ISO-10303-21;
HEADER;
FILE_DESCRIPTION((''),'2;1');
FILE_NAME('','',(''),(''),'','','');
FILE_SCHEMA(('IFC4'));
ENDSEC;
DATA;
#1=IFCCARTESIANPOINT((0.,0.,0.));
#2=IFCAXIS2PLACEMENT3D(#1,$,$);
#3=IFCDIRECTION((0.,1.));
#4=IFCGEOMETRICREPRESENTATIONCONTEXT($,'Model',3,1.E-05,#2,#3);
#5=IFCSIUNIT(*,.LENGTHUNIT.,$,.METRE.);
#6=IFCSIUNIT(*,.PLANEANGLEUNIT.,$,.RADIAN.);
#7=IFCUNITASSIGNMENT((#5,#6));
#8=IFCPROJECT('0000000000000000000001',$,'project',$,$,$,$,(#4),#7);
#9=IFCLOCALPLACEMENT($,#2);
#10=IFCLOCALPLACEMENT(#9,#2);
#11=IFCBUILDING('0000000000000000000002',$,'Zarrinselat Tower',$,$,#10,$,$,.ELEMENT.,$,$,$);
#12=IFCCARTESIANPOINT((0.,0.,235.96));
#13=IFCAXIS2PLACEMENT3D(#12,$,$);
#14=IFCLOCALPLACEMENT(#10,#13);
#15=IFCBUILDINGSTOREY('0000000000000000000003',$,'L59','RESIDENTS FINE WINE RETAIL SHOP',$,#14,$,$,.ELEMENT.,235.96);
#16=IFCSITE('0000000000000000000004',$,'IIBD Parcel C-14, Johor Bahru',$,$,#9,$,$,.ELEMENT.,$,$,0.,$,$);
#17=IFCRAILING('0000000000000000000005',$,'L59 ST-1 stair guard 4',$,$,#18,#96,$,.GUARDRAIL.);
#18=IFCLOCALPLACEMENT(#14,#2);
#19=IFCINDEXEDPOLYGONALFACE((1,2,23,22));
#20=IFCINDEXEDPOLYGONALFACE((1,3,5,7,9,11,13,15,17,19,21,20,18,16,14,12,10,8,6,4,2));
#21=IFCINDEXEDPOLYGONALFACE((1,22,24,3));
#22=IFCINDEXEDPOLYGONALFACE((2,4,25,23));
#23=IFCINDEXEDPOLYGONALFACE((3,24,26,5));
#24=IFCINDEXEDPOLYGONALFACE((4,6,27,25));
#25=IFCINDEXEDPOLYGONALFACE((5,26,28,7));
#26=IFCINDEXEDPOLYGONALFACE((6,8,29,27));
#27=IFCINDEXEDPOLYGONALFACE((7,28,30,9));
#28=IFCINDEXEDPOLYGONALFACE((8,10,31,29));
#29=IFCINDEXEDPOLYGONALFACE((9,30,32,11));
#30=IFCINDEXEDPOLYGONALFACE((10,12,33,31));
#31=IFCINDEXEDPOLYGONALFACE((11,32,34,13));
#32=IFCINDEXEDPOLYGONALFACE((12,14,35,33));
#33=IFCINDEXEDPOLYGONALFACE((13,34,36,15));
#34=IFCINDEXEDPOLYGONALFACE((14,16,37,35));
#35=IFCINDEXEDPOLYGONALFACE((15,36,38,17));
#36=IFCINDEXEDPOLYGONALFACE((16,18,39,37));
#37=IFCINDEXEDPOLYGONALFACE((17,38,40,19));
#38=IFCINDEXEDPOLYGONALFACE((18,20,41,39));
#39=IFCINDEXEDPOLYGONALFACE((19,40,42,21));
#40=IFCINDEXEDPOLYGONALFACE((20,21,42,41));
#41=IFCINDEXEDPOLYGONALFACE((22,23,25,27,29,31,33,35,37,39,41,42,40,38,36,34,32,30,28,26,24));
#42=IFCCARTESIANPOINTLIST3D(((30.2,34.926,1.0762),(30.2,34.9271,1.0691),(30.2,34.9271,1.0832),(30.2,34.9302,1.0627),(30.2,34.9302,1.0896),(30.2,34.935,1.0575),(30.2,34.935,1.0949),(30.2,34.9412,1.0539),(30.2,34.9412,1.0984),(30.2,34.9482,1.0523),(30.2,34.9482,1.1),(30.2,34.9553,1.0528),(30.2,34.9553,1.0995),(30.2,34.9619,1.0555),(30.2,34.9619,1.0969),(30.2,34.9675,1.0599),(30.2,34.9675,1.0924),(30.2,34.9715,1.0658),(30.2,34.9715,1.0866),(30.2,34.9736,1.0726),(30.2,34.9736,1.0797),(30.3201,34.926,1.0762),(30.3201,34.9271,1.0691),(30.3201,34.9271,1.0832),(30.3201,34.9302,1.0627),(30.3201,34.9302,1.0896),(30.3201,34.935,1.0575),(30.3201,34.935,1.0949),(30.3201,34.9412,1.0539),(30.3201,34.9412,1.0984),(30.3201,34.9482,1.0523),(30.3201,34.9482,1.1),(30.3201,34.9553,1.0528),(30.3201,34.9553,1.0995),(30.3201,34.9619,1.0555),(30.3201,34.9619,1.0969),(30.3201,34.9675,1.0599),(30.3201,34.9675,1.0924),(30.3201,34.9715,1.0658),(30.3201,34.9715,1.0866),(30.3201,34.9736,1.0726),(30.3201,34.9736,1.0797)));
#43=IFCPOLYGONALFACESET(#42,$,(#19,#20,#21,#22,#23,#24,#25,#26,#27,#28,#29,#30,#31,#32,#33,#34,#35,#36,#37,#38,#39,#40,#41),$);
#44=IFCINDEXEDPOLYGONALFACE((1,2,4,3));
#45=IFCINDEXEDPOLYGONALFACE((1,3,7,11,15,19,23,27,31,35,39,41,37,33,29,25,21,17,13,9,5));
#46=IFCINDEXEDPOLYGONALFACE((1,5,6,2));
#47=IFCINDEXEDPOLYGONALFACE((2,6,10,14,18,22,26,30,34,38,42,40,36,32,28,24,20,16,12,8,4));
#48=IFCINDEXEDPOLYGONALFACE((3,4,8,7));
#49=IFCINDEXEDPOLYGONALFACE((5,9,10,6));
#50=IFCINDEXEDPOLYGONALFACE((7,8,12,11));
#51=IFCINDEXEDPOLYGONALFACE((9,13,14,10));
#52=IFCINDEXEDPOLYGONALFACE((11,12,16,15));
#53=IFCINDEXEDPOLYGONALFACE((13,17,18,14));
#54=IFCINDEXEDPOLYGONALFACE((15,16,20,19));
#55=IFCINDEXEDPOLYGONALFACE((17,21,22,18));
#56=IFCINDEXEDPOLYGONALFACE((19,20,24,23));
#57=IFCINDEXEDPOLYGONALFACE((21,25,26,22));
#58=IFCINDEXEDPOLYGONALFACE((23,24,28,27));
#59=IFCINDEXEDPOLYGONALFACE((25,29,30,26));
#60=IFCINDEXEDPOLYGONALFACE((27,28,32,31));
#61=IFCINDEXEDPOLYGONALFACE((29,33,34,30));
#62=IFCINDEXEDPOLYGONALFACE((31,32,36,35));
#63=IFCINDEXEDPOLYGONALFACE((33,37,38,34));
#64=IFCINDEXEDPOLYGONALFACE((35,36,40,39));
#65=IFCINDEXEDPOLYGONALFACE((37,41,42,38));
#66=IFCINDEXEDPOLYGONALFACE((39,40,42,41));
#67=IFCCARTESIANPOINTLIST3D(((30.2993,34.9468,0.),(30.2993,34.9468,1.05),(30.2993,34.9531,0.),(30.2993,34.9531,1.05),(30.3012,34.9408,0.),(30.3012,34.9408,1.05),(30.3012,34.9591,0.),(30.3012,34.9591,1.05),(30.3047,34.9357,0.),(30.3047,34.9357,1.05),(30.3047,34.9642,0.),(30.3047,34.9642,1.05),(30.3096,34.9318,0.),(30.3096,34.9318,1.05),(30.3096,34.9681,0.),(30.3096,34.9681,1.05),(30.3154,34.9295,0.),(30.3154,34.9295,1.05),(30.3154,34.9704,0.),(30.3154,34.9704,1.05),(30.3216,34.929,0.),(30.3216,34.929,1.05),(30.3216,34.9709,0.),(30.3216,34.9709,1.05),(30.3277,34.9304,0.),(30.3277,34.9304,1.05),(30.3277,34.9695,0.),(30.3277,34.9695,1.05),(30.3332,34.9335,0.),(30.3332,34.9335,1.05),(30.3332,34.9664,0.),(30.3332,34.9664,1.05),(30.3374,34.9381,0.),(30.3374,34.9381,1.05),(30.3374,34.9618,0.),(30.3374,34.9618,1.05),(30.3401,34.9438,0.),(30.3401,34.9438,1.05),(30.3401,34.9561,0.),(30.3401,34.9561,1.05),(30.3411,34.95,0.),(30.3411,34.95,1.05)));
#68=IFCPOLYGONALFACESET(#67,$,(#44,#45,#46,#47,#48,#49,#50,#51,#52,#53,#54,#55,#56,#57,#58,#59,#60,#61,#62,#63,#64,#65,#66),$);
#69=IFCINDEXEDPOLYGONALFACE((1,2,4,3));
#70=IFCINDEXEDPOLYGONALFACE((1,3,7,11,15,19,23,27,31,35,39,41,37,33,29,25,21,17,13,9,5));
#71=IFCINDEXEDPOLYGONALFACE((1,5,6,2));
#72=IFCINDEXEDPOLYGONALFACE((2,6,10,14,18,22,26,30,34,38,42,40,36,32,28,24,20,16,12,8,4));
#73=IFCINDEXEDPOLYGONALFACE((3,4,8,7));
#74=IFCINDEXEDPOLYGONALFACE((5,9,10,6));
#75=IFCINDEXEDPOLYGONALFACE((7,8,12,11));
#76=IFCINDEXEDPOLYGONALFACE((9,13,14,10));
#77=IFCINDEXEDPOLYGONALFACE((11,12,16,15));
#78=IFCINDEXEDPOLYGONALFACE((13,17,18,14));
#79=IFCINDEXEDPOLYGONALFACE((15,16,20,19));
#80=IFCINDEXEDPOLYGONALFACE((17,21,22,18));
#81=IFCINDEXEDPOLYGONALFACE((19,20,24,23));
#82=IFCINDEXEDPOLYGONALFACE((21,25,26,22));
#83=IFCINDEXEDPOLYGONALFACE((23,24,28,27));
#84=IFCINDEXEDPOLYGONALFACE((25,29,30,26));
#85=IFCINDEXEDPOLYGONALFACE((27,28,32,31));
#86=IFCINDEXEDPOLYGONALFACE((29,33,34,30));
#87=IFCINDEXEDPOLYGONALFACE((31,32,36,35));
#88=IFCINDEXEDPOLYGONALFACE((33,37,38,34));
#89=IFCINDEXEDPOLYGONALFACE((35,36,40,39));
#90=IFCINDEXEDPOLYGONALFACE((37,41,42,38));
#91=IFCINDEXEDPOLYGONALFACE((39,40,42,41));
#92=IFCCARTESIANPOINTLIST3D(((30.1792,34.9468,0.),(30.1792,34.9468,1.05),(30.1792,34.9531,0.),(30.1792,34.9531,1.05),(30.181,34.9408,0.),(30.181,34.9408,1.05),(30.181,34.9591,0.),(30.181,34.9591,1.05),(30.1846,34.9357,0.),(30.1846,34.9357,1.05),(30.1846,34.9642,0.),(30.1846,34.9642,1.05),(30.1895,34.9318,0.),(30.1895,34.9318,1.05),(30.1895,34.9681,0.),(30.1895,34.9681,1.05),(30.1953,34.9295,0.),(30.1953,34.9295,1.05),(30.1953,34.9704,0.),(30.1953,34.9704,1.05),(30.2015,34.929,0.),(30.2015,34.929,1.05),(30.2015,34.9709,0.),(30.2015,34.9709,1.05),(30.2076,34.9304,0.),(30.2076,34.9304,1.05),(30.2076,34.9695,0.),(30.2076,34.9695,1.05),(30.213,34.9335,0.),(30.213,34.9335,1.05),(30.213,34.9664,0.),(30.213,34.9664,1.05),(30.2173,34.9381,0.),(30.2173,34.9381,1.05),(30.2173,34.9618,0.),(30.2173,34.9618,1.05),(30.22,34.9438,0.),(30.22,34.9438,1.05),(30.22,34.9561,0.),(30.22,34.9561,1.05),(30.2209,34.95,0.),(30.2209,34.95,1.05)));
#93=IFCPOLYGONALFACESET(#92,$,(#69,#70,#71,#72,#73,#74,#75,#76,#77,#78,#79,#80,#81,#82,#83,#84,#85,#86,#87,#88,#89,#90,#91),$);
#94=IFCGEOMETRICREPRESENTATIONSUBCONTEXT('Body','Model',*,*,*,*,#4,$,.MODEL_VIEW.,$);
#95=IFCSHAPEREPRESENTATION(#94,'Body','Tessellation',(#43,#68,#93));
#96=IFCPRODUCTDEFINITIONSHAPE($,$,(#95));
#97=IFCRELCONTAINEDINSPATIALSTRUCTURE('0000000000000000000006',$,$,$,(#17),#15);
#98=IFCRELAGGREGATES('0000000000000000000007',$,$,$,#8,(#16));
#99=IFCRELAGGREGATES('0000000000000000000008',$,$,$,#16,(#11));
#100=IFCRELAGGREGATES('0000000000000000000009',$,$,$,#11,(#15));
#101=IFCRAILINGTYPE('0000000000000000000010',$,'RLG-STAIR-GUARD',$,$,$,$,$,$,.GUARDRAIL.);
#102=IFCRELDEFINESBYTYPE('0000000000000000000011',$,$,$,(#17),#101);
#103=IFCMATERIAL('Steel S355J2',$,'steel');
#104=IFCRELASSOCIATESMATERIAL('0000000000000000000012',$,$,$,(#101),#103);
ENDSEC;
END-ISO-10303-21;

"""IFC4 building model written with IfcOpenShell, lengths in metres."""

from ifc_helpers import new_model, si_unit, direction, frame, origin, origin_2d, place, context, subcontext, project, spatial, circle, extrude, material, type_object, element, save


model = new_model("IFC4")

# Units and contexts
model_context = context("Model", 3, precision=1e-05, world=origin(), true_north=direction((0.0, 1.0)))
body_context = subcontext(model_context, "Body", "Model", "MODEL_VIEW")
ifc_project = project(units=[si_unit("LENGTHUNIT", "METRE"), si_unit("PLANEANGLEUNIT", "RADIAN")], contexts=[model_context])

# Site, building, storey
site_placement = place(None, origin())
site = spatial("IfcSite", under=ifc_project, at=site_placement, Name="IIBD Parcel C-14, Johor Bahru", CompositionType="ELEMENT", RefElevation=0.0)
building_placement = place(site_placement, origin())
building = spatial("IfcBuilding", under=site, at=building_placement, Name="Zarrinselat Tower", CompositionType="ELEMENT")
storey_placement = place(building_placement, frame((0.0, 0.0, 235.96)))
storey = spatial("IfcBuildingStorey", under=building, at=storey_placement, Name="L59", Description="RESIDENTS FINE WINE RETAIL SHOP", CompositionType="ELEMENT", Elevation=235.96)

# Railing
ifc_material_1 = material(Name="Steel S355J2", Category="steel")
railing_type_1 = type_object("IfcRailingType", Name="RLG-STAIR-GUARD", PredefinedType="GUARDRAIL", material=ifc_material_1)
railing_1_placement = place(storey_placement, frame((30.3201, 34.95, 0.0)))
element("IfcRailing", 1, at=railing_1_placement, inside=storey, type_object=railing_type_1, Name="L59 ST-1 stair guard 4", PredefinedType="GUARDRAIL", context=body_context, shape_type="SweptSolid", body=[
    extrude(circle(Radius=0.0239, at=origin_2d()), frame((0.0, 0.0, 1.0762), z_axis=(-1.0, 0.0, 0.0), x_axis=(0.0, -1.0, 0.0)), (0.0, 0.0, 1.0), 0.1201),
    extrude(circle(Radius=0.021, at=origin_2d()), origin(), (0.0, 0.0, 1.0), 1.05),
    extrude(circle(Radius=0.021, at=origin_2d()), frame((-0.1201, 0.0, 0.0)), (0.0, 0.0, 1.0), 1.05),
])

save(model, "model.ifc")
